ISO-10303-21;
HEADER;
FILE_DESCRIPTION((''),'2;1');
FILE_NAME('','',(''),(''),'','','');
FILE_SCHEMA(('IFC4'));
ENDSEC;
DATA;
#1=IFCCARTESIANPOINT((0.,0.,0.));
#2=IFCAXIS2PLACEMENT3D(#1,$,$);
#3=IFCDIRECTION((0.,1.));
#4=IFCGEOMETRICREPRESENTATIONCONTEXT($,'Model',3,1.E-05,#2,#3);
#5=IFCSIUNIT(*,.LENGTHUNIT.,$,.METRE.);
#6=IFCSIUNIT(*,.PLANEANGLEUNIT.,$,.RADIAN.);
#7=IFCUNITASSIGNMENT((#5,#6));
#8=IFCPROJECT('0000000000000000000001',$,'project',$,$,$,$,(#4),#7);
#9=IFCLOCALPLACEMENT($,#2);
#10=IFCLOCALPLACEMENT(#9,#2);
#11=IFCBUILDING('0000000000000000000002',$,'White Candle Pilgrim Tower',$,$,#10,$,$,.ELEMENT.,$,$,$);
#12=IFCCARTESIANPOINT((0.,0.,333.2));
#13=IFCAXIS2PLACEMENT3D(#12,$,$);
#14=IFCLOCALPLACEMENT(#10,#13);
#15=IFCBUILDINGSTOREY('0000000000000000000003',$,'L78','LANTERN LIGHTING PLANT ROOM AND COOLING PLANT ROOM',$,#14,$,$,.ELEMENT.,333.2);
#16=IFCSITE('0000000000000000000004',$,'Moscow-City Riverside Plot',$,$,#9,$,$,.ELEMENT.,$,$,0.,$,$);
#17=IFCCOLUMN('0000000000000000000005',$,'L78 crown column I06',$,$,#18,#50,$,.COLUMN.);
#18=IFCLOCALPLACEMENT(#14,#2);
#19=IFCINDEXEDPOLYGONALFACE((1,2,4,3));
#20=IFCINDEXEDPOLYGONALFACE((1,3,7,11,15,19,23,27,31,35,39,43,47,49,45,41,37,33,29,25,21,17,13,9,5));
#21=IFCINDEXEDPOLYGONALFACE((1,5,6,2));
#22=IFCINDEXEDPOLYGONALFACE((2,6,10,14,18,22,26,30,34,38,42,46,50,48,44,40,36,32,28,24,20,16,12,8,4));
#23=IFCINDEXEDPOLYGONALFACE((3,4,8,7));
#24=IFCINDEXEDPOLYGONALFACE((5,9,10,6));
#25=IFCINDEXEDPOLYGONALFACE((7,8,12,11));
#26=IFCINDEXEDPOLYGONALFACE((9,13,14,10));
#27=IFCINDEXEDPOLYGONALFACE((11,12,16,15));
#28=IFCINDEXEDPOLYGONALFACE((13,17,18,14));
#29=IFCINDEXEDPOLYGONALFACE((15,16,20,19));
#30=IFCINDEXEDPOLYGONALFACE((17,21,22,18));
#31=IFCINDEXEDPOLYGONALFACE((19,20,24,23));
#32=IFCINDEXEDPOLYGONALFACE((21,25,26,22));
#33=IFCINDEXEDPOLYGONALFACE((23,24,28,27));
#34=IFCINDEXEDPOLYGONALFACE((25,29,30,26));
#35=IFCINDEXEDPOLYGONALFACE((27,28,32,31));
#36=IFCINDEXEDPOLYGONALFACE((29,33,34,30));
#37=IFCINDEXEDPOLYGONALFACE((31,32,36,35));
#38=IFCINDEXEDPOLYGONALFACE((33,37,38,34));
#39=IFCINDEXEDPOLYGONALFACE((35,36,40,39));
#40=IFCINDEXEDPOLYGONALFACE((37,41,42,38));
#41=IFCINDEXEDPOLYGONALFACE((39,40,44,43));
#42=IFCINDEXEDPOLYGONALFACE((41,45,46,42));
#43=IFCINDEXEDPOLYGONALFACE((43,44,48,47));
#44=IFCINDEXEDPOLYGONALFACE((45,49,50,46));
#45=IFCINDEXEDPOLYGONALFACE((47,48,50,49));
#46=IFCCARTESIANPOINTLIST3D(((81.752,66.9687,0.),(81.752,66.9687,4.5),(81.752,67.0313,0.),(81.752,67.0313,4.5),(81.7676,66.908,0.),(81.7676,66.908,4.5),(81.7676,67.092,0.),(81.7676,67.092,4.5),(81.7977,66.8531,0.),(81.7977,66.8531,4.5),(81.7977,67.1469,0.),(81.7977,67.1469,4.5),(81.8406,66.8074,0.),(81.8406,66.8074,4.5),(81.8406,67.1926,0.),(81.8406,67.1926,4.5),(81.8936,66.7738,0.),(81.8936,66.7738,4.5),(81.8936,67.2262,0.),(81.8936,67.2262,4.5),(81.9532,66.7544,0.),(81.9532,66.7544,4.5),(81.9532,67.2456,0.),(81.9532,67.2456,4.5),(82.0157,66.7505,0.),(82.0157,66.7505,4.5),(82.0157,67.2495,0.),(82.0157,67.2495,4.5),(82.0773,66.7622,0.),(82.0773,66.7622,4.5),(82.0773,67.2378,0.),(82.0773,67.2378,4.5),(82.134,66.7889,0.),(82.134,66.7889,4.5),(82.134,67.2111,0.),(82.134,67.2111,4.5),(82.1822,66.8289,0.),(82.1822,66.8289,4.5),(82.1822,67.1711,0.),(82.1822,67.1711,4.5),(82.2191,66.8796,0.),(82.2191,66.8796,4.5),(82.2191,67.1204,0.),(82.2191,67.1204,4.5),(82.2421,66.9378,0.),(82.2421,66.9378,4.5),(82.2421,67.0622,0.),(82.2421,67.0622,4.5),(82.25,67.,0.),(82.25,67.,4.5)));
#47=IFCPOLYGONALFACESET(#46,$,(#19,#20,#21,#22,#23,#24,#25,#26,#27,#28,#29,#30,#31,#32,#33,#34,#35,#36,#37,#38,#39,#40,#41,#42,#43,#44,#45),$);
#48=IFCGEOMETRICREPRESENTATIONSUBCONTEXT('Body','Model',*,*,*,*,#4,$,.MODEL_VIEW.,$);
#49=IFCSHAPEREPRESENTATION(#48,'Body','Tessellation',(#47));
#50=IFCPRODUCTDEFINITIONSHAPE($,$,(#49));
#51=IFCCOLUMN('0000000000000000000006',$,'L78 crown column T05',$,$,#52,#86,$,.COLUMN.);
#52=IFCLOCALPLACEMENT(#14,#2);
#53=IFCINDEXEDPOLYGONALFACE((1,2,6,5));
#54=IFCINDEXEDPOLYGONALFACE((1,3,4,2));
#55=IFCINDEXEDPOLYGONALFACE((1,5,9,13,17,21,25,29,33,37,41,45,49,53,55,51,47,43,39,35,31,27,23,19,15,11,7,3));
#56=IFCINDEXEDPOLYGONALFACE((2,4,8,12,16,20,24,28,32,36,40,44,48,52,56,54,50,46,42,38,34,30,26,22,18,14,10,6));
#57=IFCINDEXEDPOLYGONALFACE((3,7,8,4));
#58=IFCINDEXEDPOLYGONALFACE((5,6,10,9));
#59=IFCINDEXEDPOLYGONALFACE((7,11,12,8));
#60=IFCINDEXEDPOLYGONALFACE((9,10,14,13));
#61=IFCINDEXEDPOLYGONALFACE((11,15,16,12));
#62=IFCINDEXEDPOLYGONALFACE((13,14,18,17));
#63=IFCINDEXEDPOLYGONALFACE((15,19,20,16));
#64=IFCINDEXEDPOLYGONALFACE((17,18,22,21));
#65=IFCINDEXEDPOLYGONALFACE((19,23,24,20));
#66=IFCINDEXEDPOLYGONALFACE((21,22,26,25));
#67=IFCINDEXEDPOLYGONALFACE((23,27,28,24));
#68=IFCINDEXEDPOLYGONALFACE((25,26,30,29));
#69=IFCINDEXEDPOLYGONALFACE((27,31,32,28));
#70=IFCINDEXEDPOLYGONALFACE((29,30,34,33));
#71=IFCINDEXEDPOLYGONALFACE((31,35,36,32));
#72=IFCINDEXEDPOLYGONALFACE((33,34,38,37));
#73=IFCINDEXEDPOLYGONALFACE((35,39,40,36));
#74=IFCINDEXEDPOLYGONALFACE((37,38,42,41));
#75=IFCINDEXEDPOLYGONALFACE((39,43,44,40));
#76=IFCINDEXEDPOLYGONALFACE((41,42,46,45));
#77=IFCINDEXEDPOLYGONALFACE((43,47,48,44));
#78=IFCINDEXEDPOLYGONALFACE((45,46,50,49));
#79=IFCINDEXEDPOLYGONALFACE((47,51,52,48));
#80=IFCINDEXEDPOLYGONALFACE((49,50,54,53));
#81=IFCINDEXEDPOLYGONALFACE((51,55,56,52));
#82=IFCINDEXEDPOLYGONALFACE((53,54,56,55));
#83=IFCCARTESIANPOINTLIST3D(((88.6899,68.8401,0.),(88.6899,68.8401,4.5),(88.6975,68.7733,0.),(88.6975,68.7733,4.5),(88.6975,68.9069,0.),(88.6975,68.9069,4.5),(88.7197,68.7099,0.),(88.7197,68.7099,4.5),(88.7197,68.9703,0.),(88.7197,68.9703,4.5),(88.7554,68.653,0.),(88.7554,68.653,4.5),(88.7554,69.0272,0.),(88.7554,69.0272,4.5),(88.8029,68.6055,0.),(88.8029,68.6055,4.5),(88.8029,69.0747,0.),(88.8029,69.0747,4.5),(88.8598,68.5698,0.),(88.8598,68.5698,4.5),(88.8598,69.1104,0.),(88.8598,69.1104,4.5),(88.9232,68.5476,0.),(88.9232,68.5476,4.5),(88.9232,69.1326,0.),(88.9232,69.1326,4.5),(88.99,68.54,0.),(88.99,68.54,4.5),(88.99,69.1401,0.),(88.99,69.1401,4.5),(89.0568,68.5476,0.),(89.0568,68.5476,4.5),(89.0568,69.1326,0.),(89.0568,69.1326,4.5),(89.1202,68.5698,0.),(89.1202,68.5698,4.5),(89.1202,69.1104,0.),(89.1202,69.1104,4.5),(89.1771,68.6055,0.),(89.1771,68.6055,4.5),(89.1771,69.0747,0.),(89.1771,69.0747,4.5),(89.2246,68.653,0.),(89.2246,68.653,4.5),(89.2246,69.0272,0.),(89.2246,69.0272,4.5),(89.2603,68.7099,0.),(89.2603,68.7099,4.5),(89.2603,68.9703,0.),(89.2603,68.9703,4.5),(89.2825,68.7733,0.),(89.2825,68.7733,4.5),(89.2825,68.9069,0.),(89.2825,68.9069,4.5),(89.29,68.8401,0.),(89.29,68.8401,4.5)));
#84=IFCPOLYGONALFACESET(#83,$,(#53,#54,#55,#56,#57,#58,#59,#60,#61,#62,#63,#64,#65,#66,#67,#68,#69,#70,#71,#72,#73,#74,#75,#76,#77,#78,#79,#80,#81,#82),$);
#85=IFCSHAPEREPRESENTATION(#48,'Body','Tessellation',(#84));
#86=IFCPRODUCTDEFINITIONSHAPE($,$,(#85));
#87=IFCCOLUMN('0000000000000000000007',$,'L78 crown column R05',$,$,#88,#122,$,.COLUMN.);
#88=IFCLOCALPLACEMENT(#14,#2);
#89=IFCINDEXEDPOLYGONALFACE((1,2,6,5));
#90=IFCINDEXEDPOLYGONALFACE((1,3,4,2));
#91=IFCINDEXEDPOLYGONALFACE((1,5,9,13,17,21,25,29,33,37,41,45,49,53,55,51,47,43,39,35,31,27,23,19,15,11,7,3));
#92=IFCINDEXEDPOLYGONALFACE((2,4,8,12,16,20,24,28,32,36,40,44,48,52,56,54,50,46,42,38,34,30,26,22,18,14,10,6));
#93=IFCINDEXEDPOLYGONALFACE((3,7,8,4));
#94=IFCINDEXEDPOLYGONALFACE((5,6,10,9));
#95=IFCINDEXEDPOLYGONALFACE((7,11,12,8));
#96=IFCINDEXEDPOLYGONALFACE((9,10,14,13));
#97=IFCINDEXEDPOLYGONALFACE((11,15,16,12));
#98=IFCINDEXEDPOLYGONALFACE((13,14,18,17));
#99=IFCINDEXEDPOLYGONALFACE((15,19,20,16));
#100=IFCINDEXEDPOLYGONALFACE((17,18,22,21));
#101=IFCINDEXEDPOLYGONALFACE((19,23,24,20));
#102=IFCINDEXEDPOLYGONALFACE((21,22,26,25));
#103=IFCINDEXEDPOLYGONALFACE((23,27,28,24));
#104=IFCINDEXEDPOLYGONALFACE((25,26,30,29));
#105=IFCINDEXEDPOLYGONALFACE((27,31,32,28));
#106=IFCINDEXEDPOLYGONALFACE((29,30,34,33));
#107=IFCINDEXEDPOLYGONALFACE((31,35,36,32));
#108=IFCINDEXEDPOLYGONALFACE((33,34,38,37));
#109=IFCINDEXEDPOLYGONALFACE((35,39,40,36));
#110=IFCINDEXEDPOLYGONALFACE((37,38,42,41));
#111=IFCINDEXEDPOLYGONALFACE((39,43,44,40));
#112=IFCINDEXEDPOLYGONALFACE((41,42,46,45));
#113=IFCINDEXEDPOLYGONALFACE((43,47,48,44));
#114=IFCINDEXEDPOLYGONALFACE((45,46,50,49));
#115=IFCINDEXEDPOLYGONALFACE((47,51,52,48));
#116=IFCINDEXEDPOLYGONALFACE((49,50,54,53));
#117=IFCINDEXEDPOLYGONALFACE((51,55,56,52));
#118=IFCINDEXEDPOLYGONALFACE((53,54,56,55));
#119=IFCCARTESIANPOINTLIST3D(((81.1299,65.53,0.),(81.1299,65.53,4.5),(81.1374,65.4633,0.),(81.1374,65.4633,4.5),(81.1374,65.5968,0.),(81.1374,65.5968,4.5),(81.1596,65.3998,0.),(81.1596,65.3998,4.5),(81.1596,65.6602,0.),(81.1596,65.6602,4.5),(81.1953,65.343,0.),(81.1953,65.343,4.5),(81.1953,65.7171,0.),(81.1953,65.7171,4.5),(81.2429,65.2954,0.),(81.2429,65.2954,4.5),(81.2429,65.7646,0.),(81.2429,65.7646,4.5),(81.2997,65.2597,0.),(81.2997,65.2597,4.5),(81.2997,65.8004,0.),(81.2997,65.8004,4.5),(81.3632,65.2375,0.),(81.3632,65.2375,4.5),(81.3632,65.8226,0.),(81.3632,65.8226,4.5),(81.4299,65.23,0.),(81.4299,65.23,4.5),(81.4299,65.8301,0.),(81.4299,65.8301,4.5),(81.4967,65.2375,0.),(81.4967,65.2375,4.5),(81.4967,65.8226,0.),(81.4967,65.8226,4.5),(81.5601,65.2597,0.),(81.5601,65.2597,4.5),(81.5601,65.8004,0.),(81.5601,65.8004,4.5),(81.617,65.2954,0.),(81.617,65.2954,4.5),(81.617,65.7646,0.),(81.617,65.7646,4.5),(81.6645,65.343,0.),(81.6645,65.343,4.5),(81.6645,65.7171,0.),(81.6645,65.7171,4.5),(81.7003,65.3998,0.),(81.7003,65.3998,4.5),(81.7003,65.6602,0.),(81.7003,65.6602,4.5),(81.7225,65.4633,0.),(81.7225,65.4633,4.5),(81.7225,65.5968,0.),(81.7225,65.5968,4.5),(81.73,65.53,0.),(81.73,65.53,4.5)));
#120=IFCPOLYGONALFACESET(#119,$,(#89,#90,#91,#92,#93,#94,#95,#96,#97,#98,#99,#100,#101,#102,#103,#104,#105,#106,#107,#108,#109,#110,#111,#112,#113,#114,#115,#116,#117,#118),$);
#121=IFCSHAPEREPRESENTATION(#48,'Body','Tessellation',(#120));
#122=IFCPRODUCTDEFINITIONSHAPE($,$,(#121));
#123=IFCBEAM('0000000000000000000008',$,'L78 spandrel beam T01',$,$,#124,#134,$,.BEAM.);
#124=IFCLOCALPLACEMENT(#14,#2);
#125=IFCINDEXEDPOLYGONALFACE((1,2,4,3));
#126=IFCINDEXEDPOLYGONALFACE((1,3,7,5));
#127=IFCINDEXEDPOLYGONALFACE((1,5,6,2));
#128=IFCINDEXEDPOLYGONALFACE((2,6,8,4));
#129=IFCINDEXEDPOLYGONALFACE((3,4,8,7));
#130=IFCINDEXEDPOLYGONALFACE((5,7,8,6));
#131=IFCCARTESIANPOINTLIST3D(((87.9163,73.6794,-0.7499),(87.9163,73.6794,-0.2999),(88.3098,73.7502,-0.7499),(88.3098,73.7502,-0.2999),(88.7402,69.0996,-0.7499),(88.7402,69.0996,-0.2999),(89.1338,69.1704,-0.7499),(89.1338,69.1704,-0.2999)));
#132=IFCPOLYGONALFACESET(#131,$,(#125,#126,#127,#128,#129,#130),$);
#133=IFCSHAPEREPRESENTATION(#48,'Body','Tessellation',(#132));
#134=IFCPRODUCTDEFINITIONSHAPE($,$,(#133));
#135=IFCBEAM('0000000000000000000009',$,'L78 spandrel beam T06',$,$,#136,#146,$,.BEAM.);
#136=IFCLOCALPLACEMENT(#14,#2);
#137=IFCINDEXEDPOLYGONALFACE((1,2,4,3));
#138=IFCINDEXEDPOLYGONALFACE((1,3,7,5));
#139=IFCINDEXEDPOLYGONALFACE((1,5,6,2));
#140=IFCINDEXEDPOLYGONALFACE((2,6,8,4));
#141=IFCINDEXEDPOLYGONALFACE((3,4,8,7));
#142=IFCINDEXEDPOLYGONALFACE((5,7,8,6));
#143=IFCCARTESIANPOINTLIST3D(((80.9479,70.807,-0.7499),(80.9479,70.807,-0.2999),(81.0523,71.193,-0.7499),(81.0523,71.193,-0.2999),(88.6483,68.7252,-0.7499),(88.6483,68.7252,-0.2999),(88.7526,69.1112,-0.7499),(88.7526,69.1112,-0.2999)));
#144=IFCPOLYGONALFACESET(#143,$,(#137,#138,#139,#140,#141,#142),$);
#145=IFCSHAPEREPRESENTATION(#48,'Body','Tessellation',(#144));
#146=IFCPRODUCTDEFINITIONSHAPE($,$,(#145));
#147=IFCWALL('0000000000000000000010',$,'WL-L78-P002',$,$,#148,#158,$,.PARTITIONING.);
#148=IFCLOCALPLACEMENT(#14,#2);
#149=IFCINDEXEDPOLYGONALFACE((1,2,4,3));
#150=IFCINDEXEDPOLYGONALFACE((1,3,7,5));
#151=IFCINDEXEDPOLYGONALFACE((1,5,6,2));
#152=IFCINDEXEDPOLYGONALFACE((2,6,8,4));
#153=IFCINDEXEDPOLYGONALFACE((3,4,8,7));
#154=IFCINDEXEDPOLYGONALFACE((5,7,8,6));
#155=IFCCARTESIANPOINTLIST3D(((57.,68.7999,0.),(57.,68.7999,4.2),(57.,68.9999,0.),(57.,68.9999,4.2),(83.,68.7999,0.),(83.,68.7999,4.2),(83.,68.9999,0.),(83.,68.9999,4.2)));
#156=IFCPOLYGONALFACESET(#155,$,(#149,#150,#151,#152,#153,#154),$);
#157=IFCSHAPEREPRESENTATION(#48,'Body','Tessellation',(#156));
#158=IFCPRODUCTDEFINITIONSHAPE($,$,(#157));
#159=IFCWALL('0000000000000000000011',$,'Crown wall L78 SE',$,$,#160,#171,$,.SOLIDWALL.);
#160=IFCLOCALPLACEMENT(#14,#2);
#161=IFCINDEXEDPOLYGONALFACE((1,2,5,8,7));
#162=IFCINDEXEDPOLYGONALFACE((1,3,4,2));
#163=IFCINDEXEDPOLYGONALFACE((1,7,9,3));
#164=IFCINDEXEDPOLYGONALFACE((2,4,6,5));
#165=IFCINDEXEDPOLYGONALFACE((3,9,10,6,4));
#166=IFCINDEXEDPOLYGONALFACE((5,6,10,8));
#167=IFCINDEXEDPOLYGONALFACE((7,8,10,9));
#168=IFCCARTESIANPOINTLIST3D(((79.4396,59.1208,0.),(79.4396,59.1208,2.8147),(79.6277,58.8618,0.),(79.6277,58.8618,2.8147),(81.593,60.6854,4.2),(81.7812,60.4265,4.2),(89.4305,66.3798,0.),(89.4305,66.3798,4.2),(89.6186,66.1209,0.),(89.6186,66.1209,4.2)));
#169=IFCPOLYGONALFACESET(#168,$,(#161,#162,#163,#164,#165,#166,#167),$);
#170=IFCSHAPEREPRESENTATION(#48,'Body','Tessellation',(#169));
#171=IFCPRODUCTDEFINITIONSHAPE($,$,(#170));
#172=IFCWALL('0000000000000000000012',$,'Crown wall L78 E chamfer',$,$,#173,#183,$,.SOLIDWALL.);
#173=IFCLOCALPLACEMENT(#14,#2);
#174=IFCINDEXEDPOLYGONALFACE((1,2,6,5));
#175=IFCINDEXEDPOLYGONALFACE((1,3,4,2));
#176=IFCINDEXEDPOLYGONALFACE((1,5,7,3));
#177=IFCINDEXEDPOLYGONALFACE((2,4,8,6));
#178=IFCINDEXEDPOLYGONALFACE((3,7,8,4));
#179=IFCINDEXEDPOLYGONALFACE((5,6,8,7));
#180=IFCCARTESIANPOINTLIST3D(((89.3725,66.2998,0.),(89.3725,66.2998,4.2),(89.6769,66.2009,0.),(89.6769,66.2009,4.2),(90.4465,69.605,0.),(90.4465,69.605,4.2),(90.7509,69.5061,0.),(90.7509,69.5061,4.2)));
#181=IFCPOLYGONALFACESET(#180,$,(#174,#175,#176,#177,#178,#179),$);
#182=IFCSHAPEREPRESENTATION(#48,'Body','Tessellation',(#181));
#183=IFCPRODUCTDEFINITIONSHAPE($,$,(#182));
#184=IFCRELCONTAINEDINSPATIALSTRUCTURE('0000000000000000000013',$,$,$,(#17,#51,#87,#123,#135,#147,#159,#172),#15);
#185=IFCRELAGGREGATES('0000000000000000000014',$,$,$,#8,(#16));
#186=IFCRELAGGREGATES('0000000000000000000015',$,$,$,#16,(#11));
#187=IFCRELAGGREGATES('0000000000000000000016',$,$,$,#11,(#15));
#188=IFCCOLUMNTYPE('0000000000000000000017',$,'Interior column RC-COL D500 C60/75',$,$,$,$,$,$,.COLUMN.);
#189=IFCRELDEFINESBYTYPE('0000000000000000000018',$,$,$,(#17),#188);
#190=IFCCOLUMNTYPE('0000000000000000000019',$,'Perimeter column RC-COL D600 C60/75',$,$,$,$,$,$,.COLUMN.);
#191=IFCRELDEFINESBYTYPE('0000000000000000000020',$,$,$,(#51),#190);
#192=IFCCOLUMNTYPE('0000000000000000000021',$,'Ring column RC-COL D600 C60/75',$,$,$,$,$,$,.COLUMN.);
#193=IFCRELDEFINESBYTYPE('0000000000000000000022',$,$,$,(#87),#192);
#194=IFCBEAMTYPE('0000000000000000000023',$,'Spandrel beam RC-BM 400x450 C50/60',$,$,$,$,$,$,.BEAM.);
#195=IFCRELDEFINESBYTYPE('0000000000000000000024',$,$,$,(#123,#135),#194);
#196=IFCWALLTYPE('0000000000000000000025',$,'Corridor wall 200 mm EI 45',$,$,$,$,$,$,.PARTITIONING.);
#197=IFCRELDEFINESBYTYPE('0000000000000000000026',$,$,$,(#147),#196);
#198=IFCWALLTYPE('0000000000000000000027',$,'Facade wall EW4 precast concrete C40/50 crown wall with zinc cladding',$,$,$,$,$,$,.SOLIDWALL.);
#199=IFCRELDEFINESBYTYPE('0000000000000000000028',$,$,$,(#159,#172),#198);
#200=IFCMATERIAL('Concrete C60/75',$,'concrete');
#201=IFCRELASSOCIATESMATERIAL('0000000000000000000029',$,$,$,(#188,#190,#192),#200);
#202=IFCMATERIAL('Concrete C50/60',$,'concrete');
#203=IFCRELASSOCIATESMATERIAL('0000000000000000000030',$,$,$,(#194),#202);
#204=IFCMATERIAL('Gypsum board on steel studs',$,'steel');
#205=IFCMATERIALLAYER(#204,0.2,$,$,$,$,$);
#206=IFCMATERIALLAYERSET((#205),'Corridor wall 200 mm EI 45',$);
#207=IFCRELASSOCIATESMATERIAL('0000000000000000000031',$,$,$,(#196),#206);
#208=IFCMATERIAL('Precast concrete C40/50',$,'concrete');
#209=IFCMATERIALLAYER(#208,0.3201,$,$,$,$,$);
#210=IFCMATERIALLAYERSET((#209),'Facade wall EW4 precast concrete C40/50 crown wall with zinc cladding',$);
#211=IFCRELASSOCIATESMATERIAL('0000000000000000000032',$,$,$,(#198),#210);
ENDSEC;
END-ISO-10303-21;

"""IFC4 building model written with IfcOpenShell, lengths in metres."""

from ifc_helpers import new_model, si_unit, direction, frame, frame_2d, origin, origin_2d, place, context, subcontext, project, spatial, polyline, rectangle, circle, outline, extrude, material, layer, layer_set, material_profile, profile_set, type_object, element, save


model = new_model("IFC4")

# Units and contexts
model_context = context("Model", 3, precision=1e-05, world=origin(), true_north=direction((0.0, 1.0)))
body_context = subcontext(model_context, "Body", "Model", "MODEL_VIEW")
ifc_project = project(units=[si_unit("LENGTHUNIT", "METRE"), si_unit("PLANEANGLEUNIT", "RADIAN")], contexts=[model_context])

# Site, building, storey
site_placement = place(None, origin())
site = spatial("IfcSite", under=ifc_project, at=site_placement, Name="Moscow-City Riverside Plot", CompositionType="ELEMENT", RefElevation=0.0)
building_placement = place(site_placement, origin())
building = spatial("IfcBuilding", under=site, at=building_placement, Name="White Candle Pilgrim Tower", CompositionType="ELEMENT")
storey_placement = place(building_placement, frame((0.0, 0.0, 333.2)))
storey = spatial("IfcBuildingStorey", under=building, at=storey_placement, Name="L78", Description="LANTERN LIGHTING PLANT ROOM AND COOLING PLANT ROOM", CompositionType="ELEMENT", Elevation=333.2)

# Columns
ifc_material_1 = material(Name="Concrete C60/75", Category="concrete")
ifc_material_profile_1 = material_profile(ifc_material_1, circle(Radius=0.25, at=origin_2d()), Name="RC-COL D500")
ifc_profile_set_1 = profile_set([ifc_material_profile_1], Name="Concrete C60/75")
column_type_1 = type_object("IfcColumnType", Name="Interior column RC-COL D500 C60/75", PredefinedType="COLUMN", material=ifc_profile_set_1)
column_1_placement = place(storey_placement, frame((82.0, 67.0, 0.0), z_axis=(0.0, 0.0, 1.0), x_axis=(1.0, 0.0, 0.0)))
element("IfcColumn", 1, at=column_1_placement, inside=storey, type_object=column_type_1, Name="L78 crown column I06", PredefinedType="COLUMN", context=body_context, shape_type="SweptSolid", body=[
    extrude(circle(Radius=0.25, at=origin_2d()), origin(), (0.0, 0.0, 1.0), 4.5),
])
ifc_material_profile_2 = material_profile(ifc_material_1, circle(Radius=0.3, at=origin_2d()), Name="RC-COL D600")
ifc_profile_set_2 = profile_set([ifc_material_profile_2], Name="Concrete C60/75")
column_type_2 = type_object("IfcColumnType", Name="Perimeter column RC-COL D600 C60/75", PredefinedType="COLUMN", material=ifc_profile_set_2)
column_2_placement = place(storey_placement, frame((88.99, 68.8401, 0.0), z_axis=(0.0, 0.0, 1.0), x_axis=(1.0, 0.0, 0.0)))
element("IfcColumn", 2, at=column_2_placement, inside=storey, type_object=column_type_2, Name="L78 crown column T05", PredefinedType="COLUMN", context=body_context, shape_type="SweptSolid", body=[
    extrude(circle(Radius=0.3, at=origin_2d()), origin(), (0.0, 0.0, 1.0), 4.5),
])
ifc_material_profile_3 = material_profile(ifc_material_1, circle(Radius=0.3, at=origin_2d()), Name="RC-COL D600")
ifc_profile_set_3 = profile_set([ifc_material_profile_3], Name="Concrete C60/75")
column_type_3 = type_object("IfcColumnType", Name="Ring column RC-COL D600 C60/75", PredefinedType="COLUMN", material=ifc_profile_set_3)
column_3_placement = place(storey_placement, frame((81.4299, 65.53, 0.0), z_axis=(0.0, 0.0, 1.0), x_axis=(1.0, 0.0, 0.0)))
element("IfcColumn", 3, at=column_3_placement, inside=storey, type_object=column_type_3, Name="L78 crown column R05", PredefinedType="COLUMN", context=body_context, shape_type="SweptSolid", body=[
    extrude(circle(Radius=0.3, at=origin_2d()), origin(), (0.0, 0.0, 1.0), 4.5),
])

# Beams
ifc_material_2 = material(Name="Concrete C50/60", Category="concrete")
ifc_material_profile_4 = material_profile(ifc_material_2, rectangle(XDim=0.3999, YDim=0.45, at=origin_2d()), Name="RC-BM 400x450")
ifc_profile_set_4 = profile_set([ifc_material_profile_4], Name="Concrete C50/60")
beam_type = type_object("IfcBeamType", Name="Spandrel beam RC-BM 400x450 C50/60", PredefinedType="BEAM", material=ifc_profile_set_4)
beam_1_placement = place(storey_placement, frame((88.937, 69.135, -0.5249), z_axis=(-0.177071, 0.984198, 0.0), x_axis=(-0.984198, -0.177071, 0.0)))
element("IfcBeam", 4, at=beam_1_placement, inside=storey, type_object=beam_type, Name="L78 spandrel beam T01", PredefinedType="BEAM", context=body_context, shape_type="SweptSolid", body=[
    extrude(rectangle(XDim=0.3999, YDim=0.45, at=origin_2d()), origin(), (0.0, 0.0, 1.0), 4.6533),
])
beam_2_placement = place(storey_placement, frame((88.7004, 68.9182, -0.5249), z_axis=(-0.965345, 0.260978, 0.0), x_axis=(-0.260978, -0.965345, 0.0)))
element("IfcBeam", 5, at=beam_2_placement, inside=storey, type_object=beam_type, Name="L78 spandrel beam T06", PredefinedType="BEAM", context=body_context, shape_type="SweptSolid", body=[
    extrude(rectangle(XDim=0.3999, YDim=0.45, at=origin_2d()), origin(), (0.0, 0.0, 1.0), 7.9768),
])

# Walls
ifc_material_3 = material(Name="Gypsum board on steel studs", Category="steel")
ifc_layer_1 = layer(ifc_material_3, 0.2)
ifc_layer_set_1 = layer_set([ifc_layer_1], Name="Corridor wall 200 mm EI 45")
wall_type_1 = type_object("IfcWallType", Name="Corridor wall 200 mm EI 45", PredefinedType="PARTITIONING", material=ifc_layer_set_1)
wall_1_placement = place(storey_placement, frame((83.0, 68.8999, 0.0), z_axis=(0.0, 0.0, 1.0), x_axis=(-1.0, 0.0, 0.0)))
element("IfcWall", 6, at=wall_1_placement, inside=storey, type_object=wall_type_1, Name="WL-L78-P002", PredefinedType="PARTITIONING", context=body_context, shape_type="SweptSolid", body=[
    extrude(rectangle(XDim=26.0, YDim=0.2, at=frame_2d((13.0, 0.0))), origin(), (0.0, 0.0, 1.0), 4.2),
])
ifc_material_4 = material(Name="Precast concrete C40/50", Category="concrete")
ifc_layer_2 = layer(ifc_material_4, 0.3201)
ifc_layer_set_2 = layer_set([ifc_layer_2], Name="Facade wall EW4 precast concrete C40/50 crown wall with zinc cladding")
wall_type_2 = type_object("IfcWallType", Name="Facade wall EW4 precast concrete C40/50 crown wall with zinc cladding", PredefinedType="SOLIDWALL", material=ifc_layer_set_2)
wall_2_placement = place(storey_placement, frame((79.5337, 58.9912, 0.0), z_axis=(0.0, 0.0, 1.0), x_axis=(0.80901, 0.587794, 0.0)))
element("IfcWall", 7, at=wall_2_placement, inside=storey, type_object=wall_type_2, Name="Crown wall L78 SE", PredefinedType="SOLIDWALL", context=body_context, shape_type="SweptSolid", body=[
    extrude(outline(polyline([(0.0, 0.0), (12.3496, 0.0), (12.3496, 4.2), (2.6619, 4.2), (0.0, 2.8147), (0.0, 0.0)])), frame((0.0, 0.1602, 0.0), z_axis=(0.0, -1.0, 0.0), x_axis=(1.0, 0.0, 0.0)), (0.0, 0.0, 1.0), 0.3201),
])
wall_3_placement = place(storey_placement, frame((89.5247, 66.2502, 0.0), z_axis=(0.0, 0.0, 1.0), x_axis=(0.309032, 0.951052, 0.0)))
element("IfcWall", 8, at=wall_3_placement, inside=storey, type_object=wall_type_2, Name="Crown wall L78 E chamfer", PredefinedType="SOLIDWALL", context=body_context, shape_type="SweptSolid", body=[
    extrude(rectangle(XDim=3.4753, YDim=0.3201, at=frame_2d((1.7378, 0.0))), origin(), (0.0, 0.0, 1.0), 4.2),
])

save(model, "model.ifc")
